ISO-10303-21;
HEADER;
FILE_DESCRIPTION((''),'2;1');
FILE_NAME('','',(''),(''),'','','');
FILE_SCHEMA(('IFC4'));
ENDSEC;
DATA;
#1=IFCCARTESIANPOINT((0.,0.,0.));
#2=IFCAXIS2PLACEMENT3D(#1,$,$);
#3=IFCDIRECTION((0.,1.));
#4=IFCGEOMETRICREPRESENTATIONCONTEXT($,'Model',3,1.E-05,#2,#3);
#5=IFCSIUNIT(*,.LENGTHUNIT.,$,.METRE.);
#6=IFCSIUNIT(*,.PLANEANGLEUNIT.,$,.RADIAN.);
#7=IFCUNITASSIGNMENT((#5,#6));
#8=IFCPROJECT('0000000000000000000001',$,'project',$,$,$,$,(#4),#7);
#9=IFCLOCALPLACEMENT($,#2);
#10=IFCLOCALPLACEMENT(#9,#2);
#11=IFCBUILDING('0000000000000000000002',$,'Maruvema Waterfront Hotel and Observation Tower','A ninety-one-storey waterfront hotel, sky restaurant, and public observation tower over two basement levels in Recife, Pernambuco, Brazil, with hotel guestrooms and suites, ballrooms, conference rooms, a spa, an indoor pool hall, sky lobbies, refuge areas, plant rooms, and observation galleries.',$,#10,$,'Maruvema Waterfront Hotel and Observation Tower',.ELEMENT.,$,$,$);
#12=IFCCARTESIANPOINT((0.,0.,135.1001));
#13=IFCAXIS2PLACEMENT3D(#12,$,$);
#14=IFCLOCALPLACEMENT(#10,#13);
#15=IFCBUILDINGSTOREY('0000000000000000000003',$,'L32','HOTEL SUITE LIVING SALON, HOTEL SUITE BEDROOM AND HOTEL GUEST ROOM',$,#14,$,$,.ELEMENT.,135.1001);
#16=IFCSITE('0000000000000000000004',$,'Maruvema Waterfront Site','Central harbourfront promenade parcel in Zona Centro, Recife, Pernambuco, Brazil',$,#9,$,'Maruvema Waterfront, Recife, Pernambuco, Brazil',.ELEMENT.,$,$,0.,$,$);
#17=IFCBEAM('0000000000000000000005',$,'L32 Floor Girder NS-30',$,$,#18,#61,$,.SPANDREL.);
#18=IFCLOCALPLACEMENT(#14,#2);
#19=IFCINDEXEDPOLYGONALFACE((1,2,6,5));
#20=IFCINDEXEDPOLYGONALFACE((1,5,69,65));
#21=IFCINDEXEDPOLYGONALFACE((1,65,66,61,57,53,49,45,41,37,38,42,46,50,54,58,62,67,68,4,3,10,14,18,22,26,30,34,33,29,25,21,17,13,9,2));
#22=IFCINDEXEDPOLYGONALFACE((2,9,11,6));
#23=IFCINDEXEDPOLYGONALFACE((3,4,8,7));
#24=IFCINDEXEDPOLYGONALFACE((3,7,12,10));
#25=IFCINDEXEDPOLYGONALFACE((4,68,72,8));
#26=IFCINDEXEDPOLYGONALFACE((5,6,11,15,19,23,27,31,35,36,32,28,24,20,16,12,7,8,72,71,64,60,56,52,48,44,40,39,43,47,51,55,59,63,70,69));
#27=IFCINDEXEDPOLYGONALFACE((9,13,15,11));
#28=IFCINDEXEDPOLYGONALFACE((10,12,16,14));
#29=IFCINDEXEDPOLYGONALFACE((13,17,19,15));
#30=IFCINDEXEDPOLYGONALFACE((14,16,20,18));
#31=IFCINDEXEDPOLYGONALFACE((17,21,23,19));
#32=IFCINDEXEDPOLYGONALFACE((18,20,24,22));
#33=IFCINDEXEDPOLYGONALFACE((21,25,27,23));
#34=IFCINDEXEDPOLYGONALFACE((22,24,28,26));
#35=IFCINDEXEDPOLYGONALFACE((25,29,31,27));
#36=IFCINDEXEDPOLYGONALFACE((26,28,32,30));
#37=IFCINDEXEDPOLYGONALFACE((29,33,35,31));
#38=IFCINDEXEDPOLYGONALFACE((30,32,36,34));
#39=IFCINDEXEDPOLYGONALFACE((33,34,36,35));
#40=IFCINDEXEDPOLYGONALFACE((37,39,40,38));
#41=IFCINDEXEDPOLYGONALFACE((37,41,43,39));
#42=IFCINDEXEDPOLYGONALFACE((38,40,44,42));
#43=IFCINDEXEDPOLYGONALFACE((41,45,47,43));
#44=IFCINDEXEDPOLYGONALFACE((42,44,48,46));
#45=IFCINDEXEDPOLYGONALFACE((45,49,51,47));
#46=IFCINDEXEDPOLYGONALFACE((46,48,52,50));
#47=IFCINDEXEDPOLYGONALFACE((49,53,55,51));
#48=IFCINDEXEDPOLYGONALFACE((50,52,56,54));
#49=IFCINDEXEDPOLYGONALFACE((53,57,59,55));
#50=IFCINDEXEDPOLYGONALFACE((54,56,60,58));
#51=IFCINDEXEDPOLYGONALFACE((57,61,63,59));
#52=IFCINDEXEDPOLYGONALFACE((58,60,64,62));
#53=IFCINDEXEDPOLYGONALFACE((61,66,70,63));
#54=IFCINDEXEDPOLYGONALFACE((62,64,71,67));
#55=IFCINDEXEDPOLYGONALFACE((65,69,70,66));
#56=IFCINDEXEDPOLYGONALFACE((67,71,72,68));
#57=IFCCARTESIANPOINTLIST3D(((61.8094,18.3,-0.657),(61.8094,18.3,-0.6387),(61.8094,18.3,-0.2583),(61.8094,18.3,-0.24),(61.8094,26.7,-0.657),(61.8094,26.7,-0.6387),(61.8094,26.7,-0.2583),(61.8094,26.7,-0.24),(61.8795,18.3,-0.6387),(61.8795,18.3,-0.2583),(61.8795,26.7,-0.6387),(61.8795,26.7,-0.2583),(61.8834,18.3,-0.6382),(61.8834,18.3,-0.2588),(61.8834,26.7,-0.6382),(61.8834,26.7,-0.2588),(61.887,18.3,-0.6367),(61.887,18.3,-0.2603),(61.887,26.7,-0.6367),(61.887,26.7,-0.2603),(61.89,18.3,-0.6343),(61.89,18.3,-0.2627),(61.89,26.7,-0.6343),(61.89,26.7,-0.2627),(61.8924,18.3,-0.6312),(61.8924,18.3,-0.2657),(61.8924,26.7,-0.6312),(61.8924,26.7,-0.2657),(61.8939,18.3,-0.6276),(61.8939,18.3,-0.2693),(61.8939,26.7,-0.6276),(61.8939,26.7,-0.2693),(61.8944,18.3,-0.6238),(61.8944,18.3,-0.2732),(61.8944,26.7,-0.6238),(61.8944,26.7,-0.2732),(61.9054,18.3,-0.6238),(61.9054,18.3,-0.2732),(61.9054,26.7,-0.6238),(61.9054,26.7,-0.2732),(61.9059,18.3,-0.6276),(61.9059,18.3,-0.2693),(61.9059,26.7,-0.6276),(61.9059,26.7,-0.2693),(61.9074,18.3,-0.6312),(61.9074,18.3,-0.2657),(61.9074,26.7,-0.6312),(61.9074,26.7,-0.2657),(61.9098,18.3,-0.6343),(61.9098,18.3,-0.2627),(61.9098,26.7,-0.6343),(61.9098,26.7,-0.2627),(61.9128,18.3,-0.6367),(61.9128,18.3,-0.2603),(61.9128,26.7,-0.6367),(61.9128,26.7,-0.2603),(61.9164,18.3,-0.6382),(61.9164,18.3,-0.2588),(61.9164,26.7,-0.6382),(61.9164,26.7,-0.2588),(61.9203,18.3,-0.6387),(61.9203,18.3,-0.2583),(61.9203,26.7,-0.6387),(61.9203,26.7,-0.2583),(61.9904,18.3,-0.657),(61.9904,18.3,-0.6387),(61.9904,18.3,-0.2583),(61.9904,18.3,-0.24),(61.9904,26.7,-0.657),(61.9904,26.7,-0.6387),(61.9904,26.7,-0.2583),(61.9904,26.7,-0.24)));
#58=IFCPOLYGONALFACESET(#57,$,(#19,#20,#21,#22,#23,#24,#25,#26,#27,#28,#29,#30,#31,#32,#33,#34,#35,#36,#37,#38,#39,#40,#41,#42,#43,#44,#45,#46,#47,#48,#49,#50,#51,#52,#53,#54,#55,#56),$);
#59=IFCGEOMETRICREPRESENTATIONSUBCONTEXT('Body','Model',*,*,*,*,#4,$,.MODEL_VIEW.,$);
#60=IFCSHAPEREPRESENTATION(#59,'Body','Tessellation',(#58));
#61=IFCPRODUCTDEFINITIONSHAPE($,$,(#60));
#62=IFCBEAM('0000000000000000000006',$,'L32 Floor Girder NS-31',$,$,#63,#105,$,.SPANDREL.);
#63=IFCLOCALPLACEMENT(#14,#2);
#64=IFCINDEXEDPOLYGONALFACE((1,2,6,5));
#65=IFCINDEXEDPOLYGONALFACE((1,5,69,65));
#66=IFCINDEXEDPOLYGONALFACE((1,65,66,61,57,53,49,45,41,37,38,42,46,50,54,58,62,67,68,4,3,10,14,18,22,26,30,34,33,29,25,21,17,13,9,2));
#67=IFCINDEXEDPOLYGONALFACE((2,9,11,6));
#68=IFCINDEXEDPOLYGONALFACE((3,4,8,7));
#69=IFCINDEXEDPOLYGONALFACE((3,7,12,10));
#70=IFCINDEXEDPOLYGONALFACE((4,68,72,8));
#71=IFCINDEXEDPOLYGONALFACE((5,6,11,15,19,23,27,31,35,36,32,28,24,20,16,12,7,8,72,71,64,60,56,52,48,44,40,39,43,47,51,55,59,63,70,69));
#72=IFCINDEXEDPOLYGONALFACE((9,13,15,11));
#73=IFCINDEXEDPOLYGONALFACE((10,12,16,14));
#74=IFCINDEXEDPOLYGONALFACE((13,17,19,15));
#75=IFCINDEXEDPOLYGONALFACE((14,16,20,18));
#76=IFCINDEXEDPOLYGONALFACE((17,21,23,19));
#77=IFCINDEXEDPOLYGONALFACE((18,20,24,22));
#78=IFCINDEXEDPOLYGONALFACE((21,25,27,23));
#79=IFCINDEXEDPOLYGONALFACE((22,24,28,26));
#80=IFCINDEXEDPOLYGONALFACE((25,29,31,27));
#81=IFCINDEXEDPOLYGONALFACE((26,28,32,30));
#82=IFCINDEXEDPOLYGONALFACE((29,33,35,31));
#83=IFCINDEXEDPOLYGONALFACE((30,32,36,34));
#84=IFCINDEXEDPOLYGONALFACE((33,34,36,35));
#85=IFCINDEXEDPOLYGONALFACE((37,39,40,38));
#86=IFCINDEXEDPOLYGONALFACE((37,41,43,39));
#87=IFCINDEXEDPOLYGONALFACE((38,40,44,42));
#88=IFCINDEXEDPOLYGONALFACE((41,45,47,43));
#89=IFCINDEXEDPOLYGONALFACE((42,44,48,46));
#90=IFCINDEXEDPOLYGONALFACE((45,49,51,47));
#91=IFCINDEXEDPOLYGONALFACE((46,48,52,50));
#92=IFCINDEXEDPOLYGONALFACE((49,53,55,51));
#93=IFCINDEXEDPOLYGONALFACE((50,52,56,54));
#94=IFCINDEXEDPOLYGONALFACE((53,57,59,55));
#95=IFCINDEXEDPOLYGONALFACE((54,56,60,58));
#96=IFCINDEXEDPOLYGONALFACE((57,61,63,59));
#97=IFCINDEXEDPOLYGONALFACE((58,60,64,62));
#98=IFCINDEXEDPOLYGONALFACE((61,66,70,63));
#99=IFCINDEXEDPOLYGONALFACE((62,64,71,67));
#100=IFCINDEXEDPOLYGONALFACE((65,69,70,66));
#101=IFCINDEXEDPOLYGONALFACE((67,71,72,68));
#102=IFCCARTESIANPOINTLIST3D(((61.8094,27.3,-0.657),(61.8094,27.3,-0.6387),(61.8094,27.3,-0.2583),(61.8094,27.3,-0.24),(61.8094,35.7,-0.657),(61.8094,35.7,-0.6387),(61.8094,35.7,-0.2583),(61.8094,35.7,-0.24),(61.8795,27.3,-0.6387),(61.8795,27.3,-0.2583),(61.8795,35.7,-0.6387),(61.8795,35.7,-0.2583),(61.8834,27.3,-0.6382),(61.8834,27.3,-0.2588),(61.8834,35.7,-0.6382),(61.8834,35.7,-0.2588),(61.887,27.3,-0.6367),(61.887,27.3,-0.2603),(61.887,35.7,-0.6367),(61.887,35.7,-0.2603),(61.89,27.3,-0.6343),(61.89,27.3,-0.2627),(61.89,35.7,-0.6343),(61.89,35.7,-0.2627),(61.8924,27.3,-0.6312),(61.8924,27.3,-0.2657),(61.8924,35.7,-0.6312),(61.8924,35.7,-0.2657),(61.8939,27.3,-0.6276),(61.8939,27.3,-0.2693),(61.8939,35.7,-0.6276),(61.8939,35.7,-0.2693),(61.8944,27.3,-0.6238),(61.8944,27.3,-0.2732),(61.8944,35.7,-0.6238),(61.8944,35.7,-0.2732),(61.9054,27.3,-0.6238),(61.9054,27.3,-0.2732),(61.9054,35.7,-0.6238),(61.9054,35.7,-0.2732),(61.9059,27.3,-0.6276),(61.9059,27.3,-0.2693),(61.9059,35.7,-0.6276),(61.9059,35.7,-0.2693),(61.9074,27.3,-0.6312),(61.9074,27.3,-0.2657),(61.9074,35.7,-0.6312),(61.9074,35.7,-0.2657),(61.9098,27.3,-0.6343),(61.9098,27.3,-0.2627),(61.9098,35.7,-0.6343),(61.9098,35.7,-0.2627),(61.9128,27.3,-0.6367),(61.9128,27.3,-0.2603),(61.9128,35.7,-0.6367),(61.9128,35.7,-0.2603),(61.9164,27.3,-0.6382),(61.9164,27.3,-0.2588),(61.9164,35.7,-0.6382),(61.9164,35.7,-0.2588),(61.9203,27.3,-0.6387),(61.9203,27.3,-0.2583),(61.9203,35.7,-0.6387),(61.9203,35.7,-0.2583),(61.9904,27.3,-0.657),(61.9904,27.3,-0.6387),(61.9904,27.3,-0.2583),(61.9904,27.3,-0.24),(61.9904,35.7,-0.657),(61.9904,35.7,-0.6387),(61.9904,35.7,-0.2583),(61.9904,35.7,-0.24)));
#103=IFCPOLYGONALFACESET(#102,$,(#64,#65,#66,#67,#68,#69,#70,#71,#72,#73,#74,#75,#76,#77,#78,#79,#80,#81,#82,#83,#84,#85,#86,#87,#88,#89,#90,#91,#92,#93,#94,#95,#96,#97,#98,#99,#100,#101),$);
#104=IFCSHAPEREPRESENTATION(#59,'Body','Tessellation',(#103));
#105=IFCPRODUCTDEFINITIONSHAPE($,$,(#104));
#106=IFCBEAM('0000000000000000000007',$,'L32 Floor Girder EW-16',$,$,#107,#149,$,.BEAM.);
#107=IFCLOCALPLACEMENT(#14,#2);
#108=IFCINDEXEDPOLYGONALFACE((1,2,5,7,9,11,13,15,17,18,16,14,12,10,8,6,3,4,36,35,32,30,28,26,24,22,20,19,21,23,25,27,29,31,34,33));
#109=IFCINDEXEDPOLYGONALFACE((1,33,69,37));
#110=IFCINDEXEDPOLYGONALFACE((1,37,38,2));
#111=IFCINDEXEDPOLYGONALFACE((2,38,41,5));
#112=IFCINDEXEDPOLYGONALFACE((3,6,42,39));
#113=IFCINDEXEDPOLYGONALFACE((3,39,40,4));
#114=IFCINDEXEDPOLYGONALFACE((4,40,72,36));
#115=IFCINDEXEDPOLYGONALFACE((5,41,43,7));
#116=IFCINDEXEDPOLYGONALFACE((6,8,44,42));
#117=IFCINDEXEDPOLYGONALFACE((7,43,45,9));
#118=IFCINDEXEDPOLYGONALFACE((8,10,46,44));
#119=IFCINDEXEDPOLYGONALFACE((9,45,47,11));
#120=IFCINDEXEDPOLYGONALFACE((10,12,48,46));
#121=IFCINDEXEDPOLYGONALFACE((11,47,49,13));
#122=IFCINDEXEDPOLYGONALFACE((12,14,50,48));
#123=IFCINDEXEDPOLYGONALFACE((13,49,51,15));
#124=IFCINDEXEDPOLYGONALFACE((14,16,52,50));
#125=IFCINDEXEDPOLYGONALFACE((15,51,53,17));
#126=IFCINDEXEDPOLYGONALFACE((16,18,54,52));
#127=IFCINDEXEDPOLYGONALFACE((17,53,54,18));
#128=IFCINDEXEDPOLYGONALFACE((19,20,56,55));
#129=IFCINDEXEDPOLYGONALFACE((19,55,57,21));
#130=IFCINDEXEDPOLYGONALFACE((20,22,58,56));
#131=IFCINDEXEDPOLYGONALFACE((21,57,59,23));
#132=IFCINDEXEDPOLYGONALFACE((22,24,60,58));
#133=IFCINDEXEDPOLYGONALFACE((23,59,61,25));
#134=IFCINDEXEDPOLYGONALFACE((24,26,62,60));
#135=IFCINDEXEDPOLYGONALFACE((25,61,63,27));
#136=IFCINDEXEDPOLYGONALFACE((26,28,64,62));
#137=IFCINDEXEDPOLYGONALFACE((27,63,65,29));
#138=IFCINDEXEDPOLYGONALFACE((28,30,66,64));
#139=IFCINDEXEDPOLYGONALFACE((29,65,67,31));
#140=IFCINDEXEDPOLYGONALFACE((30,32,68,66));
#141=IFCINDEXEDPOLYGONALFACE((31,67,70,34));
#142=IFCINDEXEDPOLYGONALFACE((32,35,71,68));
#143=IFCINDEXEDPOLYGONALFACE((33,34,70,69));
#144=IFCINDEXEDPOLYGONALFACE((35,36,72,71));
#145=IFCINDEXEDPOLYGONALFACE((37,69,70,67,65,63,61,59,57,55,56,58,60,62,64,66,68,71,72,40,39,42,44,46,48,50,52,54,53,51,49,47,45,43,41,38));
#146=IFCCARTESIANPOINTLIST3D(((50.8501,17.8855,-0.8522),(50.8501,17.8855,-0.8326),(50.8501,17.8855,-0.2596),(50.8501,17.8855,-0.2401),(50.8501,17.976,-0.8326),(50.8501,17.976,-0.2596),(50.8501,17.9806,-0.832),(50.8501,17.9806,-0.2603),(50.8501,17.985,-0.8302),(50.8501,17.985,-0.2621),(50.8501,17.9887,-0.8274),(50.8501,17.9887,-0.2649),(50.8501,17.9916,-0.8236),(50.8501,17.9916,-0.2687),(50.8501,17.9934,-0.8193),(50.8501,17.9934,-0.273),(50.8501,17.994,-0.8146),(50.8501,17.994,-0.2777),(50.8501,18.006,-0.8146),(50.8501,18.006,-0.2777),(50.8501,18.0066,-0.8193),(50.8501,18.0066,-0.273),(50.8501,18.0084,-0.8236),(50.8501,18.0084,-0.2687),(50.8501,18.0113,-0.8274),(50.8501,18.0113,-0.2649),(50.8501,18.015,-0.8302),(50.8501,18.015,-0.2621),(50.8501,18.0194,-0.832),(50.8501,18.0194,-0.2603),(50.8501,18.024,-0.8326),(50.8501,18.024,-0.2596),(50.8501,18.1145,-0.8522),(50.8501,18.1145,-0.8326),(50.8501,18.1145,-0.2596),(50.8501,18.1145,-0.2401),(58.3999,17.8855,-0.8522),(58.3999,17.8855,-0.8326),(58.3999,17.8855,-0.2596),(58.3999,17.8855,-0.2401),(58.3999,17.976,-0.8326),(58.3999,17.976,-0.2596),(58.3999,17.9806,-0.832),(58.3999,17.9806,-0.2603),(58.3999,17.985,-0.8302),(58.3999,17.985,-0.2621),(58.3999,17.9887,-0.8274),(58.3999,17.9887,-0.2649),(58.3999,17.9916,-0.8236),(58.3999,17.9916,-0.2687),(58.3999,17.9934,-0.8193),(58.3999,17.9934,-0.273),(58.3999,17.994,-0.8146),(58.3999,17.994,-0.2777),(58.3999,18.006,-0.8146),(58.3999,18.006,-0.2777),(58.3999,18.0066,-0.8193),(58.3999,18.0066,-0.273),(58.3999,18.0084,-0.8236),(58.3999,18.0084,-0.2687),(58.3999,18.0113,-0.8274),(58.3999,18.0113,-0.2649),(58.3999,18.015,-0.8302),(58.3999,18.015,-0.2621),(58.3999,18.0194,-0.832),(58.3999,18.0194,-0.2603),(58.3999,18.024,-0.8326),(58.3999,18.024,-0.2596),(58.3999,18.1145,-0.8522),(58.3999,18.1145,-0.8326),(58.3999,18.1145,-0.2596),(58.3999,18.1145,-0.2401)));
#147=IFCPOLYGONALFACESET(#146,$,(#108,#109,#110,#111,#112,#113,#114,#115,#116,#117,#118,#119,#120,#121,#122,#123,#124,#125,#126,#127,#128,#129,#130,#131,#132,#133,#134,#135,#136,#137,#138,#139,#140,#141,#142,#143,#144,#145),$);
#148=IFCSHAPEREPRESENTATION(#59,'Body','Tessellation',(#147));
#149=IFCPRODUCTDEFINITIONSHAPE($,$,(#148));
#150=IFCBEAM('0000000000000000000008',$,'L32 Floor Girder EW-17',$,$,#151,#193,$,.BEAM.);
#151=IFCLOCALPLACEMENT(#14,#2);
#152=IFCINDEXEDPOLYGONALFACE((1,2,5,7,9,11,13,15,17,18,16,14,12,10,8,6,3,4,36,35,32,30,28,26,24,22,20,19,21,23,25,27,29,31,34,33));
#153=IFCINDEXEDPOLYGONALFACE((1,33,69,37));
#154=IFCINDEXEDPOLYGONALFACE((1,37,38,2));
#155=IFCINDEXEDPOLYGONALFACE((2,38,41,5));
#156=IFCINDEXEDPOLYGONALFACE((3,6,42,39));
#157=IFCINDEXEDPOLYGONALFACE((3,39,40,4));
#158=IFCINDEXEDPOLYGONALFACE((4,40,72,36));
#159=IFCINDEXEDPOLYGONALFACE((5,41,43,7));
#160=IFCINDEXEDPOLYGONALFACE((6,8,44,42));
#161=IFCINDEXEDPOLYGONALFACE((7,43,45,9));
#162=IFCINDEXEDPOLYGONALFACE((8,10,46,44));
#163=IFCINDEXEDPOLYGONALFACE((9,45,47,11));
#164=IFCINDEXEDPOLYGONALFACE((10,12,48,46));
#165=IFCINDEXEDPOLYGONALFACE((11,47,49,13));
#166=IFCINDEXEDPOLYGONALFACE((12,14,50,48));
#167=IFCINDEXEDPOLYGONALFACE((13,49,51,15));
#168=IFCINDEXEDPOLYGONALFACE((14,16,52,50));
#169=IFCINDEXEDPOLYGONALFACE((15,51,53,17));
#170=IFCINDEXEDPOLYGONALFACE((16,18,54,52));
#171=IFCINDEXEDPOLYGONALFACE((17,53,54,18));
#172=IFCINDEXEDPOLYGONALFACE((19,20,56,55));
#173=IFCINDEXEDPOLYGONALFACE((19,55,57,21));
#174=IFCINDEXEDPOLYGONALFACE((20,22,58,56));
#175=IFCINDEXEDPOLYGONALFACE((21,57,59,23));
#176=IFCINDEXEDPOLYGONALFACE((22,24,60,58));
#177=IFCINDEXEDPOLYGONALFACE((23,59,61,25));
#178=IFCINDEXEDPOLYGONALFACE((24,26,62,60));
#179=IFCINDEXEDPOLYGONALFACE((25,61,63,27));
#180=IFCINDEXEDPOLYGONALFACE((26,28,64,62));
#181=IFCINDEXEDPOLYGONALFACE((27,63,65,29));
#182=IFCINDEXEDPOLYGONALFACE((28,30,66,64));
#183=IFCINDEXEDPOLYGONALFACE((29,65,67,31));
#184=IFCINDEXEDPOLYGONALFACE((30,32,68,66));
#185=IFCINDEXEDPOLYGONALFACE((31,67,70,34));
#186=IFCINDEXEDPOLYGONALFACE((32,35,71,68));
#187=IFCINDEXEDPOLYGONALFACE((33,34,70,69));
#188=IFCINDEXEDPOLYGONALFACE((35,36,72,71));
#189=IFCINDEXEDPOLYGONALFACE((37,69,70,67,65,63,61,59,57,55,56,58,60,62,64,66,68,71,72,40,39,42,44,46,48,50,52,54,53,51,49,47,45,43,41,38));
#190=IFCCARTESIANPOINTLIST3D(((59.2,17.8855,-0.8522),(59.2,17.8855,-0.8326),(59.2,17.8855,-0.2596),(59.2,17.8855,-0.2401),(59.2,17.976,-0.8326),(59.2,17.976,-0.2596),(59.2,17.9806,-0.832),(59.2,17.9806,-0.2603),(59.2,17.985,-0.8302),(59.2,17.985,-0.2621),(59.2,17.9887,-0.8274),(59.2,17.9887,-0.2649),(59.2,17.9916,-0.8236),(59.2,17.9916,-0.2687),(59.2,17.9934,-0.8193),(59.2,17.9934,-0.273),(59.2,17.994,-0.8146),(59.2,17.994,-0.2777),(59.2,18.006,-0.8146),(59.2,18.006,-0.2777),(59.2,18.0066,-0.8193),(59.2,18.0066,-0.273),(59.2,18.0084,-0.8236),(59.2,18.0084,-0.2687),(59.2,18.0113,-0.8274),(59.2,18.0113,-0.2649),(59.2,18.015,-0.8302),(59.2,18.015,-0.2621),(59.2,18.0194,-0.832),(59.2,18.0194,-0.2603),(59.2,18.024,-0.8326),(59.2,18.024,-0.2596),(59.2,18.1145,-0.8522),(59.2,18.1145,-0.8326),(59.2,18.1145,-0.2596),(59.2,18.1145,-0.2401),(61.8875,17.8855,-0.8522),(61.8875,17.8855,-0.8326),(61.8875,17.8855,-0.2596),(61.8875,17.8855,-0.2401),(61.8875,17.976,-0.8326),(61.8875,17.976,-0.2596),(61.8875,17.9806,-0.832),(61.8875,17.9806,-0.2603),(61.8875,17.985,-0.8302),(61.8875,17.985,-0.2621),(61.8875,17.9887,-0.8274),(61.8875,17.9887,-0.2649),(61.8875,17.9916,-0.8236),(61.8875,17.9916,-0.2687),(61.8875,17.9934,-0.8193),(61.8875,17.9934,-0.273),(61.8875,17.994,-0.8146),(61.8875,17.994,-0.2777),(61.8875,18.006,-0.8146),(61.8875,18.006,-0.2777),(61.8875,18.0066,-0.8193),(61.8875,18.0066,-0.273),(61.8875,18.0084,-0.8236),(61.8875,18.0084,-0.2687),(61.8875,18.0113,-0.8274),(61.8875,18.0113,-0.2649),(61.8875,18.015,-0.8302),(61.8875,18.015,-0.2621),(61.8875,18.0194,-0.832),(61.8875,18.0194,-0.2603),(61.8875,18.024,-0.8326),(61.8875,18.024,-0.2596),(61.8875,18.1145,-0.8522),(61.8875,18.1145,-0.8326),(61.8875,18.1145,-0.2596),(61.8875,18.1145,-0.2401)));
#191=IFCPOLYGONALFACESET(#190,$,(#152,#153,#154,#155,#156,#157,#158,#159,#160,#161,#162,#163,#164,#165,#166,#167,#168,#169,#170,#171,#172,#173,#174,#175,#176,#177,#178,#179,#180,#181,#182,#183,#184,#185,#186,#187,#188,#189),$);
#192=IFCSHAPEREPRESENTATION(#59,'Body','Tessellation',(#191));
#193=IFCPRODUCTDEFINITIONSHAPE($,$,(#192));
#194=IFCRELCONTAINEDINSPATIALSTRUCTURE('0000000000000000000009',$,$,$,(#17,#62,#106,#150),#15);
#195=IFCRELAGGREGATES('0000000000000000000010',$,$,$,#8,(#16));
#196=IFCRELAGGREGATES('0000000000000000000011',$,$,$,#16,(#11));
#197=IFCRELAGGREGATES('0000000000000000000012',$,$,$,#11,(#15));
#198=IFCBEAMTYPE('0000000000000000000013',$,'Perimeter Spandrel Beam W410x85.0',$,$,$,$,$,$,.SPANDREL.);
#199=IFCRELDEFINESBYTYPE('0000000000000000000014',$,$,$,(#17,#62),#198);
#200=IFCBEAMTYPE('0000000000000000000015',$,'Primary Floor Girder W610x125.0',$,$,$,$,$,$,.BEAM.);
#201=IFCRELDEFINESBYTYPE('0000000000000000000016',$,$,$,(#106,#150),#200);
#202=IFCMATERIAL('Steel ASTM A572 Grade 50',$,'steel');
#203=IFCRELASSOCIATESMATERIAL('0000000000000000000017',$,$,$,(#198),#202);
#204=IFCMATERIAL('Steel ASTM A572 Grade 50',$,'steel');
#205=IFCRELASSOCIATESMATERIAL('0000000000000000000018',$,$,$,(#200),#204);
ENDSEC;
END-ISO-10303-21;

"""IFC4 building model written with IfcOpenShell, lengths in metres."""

from ifc_helpers import new_model, si_unit, direction, frame, origin, origin_2d, place, context, subcontext, project, spatial, i_section, extrude, material, material_profile, profile_set, type_object, element, save


model = new_model("IFC4")

# Units and contexts
model_context = context("Model", 3, precision=1e-05, world=origin(), true_north=direction((0.0, 1.0)))
body_context = subcontext(model_context, "Body", "Model", "MODEL_VIEW")
ifc_project = project(units=[si_unit("LENGTHUNIT", "METRE"), si_unit("PLANEANGLEUNIT", "RADIAN")], contexts=[model_context])

# Site, building, storey
site_placement = place(None, origin())
site = spatial("IfcSite", under=ifc_project, at=site_placement, Name="Maruvema Waterfront Site", Description="Central harbourfront promenade parcel in Zona Centro, Recife, Pernambuco, Brazil", LongName="Maruvema Waterfront, Recife, Pernambuco, Brazil", CompositionType="ELEMENT", RefElevation=0.0)
building_placement = place(site_placement, origin())
building = spatial("IfcBuilding", under=site, at=building_placement, Name="Maruvema Waterfront Hotel and Observation Tower", Description="A ninety-one-storey waterfront hotel, sky restaurant, and public observation tower over two basement levels in Recife, Pernambuco, Brazil, with hotel guestrooms and suites, ballrooms, conference rooms, a spa, an indoor pool hall, sky lobbies, refuge areas, plant rooms, and observation galleries.", LongName="Maruvema Waterfront Hotel and Observation Tower", CompositionType="ELEMENT")
storey_placement = place(building_placement, frame((0.0, 0.0, 135.1001)))
storey = spatial("IfcBuildingStorey", under=building, at=storey_placement, Name="L32", Description="HOTEL SUITE LIVING SALON, HOTEL SUITE BEDROOM AND HOTEL GUEST ROOM", CompositionType="ELEMENT", Elevation=135.1001)

# Beams
ifc_material_1 = material(Name="Steel ASTM A572 Grade 50", Category="steel")
ifc_material_profile_1 = material_profile(ifc_material_1, i_section(OverallWidth=0.1809, OverallDepth=0.417, WebThickness=0.011, FlangeThickness=0.0183, FilletRadius=0.0149, at=origin_2d()), Name="W410x85.0")
ifc_profile_set_1 = profile_set([ifc_material_profile_1], Name="Steel ASTM A572 Grade 50")
beam_type_1 = type_object("IfcBeamType", Name="Perimeter Spandrel Beam W410x85.0", PredefinedType="SPANDREL", material=ifc_profile_set_1)
for number, where, z_axis, x_axis, name in (
    (1, (61.8999, 18.3, -0.4485), (0.0, 1.0, 0.0), (-1.0, 0.0, 0.0), "L32 Floor Girder NS-30"),
    (2, (61.8999, 27.3, -0.4485), (0.0, 1.0, 0.0), (-1.0, 0.0, 0.0), "L32 Floor Girder NS-31"),
):
    element("IfcBeam", number, at=place(storey_placement, frame(where, z_axis=z_axis, x_axis=x_axis)), inside=storey, type_object=beam_type_1, Name=name, PredefinedType="SPANDREL", context=body_context, shape_type="SweptSolid", body=[
        extrude(i_section(OverallWidth=0.1809, OverallDepth=0.417, WebThickness=0.011, FlangeThickness=0.0183, FilletRadius=0.0149, at=origin_2d()), origin(), (0.0, 0.0, 1.0), 8.3999),
    ])
ifc_material_2 = material(Name="Steel ASTM A572 Grade 50", Category="steel")
ifc_material_profile_2 = material_profile(ifc_material_2, i_section(OverallWidth=0.229, OverallDepth=0.6121, WebThickness=0.012, FlangeThickness=0.0195, FilletRadius=0.0181, at=origin_2d()), Name="W610x125.0")
ifc_profile_set_2 = profile_set([ifc_material_profile_2], Name="Steel ASTM A572 Grade 50")
beam_type_2 = type_object("IfcBeamType", Name="Primary Floor Girder W610x125.0", PredefinedType="BEAM", material=ifc_profile_set_2)
beam_1_placement = place(storey_placement, frame((50.8501, 18.0, -0.5461), z_axis=(1.0, 0.0, 0.0), x_axis=(0.0, 1.0, 0.0)))
element("IfcBeam", 3, at=beam_1_placement, inside=storey, type_object=beam_type_2, Name="L32 Floor Girder EW-16", PredefinedType="BEAM", context=body_context, shape_type="SweptSolid", body=[
    extrude(i_section(OverallWidth=0.229, OverallDepth=0.6121, WebThickness=0.012, FlangeThickness=0.0195, FilletRadius=0.0181, at=origin_2d()), origin(), (0.0, 0.0, 1.0), 7.5498),
])
beam_2_placement = place(storey_placement, frame((59.2, 18.0, -0.5461), z_axis=(1.0, 0.0, 0.0), x_axis=(0.0, 1.0, 0.0)))
element("IfcBeam", 4, at=beam_2_placement, inside=storey, type_object=beam_type_2, Name="L32 Floor Girder EW-17", PredefinedType="BEAM", context=body_context, shape_type="SweptSolid", body=[
    extrude(i_section(OverallWidth=0.229, OverallDepth=0.6121, WebThickness=0.012, FlangeThickness=0.0195, FilletRadius=0.0181, at=origin_2d()), origin(), (0.0, 0.0, 1.0), 2.6875),
])

save(model, "model.ifc")
